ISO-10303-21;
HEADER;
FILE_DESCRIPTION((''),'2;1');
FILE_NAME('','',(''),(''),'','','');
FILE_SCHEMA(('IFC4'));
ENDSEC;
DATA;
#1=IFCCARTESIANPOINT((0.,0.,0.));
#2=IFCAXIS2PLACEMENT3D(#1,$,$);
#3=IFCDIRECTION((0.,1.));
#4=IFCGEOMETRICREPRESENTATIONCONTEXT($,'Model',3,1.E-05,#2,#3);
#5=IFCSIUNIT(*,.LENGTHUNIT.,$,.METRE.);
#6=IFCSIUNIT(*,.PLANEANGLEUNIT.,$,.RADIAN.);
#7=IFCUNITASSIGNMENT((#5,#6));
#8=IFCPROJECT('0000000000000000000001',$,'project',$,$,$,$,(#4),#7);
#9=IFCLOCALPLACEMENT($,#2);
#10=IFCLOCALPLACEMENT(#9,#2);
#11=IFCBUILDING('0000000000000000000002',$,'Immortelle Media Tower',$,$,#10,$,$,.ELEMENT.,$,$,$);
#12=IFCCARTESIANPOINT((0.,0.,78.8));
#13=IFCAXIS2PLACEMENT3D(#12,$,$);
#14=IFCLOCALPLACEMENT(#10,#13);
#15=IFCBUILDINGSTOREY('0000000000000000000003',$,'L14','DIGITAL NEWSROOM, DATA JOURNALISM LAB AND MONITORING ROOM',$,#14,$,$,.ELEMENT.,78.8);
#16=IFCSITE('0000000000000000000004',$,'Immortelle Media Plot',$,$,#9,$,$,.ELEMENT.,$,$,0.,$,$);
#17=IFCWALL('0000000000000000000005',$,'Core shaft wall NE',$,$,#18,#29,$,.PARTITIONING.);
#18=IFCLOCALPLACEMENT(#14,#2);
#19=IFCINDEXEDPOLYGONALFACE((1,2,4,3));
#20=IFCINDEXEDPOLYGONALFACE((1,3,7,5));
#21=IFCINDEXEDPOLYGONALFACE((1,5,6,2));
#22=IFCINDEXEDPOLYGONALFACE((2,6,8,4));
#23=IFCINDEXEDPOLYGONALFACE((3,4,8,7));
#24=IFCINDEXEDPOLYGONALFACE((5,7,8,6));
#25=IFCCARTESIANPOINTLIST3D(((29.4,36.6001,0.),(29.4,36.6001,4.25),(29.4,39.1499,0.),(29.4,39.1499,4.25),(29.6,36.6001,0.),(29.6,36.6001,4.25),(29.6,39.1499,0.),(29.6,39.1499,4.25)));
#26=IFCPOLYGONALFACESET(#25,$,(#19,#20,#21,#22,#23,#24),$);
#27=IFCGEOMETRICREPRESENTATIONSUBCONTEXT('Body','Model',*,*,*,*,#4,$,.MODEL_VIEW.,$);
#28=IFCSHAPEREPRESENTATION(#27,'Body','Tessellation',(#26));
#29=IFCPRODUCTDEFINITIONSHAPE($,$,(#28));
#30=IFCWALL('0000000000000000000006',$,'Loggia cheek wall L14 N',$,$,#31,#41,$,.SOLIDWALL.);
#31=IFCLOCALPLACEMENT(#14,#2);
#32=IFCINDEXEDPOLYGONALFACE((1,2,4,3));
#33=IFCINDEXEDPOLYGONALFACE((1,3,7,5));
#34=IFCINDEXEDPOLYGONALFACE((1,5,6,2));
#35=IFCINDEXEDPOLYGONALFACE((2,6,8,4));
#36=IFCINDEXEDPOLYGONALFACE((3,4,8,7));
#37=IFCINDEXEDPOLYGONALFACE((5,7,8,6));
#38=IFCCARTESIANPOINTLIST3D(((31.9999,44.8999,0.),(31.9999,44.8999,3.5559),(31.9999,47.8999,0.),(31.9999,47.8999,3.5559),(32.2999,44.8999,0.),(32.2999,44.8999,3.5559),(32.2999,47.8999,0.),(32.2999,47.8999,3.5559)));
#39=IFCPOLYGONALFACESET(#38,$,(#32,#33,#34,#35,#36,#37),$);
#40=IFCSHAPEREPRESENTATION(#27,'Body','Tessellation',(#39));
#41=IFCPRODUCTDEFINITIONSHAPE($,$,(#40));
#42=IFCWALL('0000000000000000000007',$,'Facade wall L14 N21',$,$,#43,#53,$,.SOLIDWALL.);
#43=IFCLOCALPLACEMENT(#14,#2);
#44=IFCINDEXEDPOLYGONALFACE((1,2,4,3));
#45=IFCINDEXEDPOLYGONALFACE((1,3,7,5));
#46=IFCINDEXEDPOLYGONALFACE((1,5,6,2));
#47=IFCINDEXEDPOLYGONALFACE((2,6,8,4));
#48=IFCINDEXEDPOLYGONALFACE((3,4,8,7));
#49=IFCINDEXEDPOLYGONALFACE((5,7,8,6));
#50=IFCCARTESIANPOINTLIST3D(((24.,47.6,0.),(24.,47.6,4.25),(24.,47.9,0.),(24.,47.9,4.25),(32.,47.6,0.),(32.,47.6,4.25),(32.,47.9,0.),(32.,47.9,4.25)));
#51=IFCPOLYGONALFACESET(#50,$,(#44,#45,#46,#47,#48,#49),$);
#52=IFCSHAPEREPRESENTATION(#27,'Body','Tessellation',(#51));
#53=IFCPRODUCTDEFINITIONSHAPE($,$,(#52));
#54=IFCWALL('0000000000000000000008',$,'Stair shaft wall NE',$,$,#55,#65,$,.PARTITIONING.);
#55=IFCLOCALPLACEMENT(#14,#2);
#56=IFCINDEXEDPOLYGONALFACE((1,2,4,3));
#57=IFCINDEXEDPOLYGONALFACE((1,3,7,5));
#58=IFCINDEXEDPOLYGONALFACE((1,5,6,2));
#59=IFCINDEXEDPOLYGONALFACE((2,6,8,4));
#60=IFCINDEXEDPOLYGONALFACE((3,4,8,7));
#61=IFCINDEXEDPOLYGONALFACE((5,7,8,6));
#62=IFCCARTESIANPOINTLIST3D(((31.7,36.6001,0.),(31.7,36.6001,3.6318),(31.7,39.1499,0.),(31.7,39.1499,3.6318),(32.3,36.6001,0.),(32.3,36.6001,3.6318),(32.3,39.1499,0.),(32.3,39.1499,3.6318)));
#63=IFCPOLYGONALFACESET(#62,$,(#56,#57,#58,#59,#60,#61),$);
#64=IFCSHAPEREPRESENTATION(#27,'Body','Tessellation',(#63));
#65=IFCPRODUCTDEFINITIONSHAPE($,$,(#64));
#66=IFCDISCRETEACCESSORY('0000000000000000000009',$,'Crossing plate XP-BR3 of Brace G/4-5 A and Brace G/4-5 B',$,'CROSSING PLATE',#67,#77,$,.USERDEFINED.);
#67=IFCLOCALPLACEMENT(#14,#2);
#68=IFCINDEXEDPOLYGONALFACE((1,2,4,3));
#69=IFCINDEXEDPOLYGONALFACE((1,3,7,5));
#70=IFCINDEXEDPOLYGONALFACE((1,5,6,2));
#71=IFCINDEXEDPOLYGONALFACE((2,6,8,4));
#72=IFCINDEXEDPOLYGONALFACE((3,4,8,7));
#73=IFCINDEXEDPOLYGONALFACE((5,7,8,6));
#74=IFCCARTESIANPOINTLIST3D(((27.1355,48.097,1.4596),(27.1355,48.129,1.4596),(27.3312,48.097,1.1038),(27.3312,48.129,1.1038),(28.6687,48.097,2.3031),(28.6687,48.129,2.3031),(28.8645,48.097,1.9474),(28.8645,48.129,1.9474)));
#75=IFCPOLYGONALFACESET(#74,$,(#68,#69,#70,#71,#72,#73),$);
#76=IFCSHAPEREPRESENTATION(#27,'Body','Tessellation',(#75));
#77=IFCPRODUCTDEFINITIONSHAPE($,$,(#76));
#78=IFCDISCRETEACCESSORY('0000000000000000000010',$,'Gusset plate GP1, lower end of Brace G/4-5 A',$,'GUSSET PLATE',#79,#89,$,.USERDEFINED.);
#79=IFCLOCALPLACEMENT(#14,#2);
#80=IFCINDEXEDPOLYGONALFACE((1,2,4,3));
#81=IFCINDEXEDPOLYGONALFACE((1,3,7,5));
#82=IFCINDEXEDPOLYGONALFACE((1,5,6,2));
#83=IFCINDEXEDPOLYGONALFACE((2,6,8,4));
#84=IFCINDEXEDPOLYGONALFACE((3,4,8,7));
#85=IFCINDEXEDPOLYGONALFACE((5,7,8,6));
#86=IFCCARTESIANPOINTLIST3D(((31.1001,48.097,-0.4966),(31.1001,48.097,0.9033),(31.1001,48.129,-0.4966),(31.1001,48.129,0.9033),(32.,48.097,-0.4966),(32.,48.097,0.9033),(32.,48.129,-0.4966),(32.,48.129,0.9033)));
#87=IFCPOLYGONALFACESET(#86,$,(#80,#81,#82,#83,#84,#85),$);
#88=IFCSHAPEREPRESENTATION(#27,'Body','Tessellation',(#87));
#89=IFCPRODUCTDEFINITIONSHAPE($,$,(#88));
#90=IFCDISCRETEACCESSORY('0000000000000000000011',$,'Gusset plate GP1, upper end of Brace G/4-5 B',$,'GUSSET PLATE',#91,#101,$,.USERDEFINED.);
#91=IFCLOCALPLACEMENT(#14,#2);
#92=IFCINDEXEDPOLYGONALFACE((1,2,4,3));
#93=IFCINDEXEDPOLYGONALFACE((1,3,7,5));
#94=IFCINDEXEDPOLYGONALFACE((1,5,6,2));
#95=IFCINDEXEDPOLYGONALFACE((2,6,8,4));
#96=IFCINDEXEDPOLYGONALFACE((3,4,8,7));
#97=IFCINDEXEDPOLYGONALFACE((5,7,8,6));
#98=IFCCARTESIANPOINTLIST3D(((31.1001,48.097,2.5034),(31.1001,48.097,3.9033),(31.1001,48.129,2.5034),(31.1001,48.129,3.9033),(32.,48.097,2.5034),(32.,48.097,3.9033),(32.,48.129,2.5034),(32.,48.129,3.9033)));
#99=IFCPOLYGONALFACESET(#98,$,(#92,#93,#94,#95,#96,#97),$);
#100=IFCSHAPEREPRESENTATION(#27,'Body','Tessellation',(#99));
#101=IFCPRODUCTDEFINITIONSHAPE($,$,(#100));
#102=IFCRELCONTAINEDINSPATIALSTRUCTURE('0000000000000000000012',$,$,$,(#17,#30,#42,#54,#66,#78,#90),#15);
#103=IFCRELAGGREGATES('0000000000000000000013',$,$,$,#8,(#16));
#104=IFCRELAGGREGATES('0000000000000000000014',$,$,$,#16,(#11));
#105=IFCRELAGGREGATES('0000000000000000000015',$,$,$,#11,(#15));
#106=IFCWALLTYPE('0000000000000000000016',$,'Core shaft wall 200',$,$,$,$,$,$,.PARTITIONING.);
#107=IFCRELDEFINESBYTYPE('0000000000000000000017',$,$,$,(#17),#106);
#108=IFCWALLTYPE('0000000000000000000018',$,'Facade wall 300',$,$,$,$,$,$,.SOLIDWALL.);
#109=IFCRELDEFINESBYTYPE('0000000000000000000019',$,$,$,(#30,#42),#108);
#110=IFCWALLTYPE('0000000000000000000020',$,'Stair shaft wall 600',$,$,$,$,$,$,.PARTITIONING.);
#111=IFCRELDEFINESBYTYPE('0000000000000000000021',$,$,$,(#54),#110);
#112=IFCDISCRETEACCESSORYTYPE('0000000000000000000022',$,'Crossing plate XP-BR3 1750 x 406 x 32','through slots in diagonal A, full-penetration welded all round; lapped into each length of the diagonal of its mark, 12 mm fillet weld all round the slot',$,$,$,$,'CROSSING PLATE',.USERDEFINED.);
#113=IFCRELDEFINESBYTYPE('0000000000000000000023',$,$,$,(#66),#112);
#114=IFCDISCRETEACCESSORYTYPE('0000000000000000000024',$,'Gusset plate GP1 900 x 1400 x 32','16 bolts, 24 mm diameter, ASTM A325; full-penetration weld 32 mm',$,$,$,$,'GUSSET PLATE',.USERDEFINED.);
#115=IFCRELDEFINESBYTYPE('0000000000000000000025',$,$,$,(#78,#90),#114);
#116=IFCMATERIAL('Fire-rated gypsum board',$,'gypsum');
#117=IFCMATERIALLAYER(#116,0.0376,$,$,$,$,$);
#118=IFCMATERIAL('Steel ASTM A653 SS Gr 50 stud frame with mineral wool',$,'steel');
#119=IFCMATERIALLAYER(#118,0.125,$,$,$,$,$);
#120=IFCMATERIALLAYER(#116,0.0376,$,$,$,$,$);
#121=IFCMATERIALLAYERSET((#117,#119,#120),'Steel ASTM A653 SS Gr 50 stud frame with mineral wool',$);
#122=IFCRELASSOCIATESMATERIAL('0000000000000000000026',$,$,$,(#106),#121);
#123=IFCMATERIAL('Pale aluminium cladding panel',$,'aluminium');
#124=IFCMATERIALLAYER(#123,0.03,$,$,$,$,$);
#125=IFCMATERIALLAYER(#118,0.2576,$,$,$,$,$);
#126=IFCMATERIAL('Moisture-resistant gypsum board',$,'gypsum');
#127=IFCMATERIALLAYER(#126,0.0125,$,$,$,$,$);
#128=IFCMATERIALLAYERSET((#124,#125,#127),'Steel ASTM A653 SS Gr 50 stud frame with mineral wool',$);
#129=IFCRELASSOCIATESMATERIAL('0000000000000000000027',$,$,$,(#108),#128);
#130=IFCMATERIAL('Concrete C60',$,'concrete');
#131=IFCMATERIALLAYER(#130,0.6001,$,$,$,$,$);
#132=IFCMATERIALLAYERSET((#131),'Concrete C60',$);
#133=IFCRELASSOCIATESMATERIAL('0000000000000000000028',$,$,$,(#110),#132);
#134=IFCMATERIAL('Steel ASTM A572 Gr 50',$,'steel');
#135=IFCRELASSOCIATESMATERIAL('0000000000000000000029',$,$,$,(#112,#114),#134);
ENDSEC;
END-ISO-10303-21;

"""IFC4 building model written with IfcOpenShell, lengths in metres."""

from ifc_helpers import new_model, si_unit, direction, frame, frame_2d, origin, origin_2d, place, context, subcontext, project, spatial, rectangle, extrude, material, layer, layer_set, material_profile, profile_set, type_object, element, save


model = new_model("IFC4")

# Units and contexts
model_context = context("Model", 3, precision=1e-05, world=origin(), true_north=direction((0.0, 1.0)))
body_context = subcontext(model_context, "Body", "Model", "MODEL_VIEW")
ifc_project = project(units=[si_unit("LENGTHUNIT", "METRE"), si_unit("PLANEANGLEUNIT", "RADIAN")], contexts=[model_context])

# Site, building, storey
site_placement = place(None, origin())
site = spatial("IfcSite", under=ifc_project, at=site_placement, Name="Immortelle Media Plot", CompositionType="ELEMENT", RefElevation=0.0)
building_placement = place(site_placement, origin())
building = spatial("IfcBuilding", under=site, at=building_placement, Name="Immortelle Media Tower", CompositionType="ELEMENT")
storey_placement = place(building_placement, frame((0.0, 0.0, 78.8)))
storey = spatial("IfcBuildingStorey", under=building, at=storey_placement, Name="L14", Description="DIGITAL NEWSROOM, DATA JOURNALISM LAB AND MONITORING ROOM", CompositionType="ELEMENT", Elevation=78.8)

# Walls
ifc_material_1 = material(Name="Fire-rated gypsum board", Category="gypsum")
ifc_layer_1 = layer(ifc_material_1, 0.0376)
ifc_material_2 = material(Name="Steel ASTM A653 SS Gr 50 stud frame with mineral wool", Category="steel")
ifc_layer_2 = layer(ifc_material_2, 0.125)
ifc_layer_3 = layer(ifc_material_1, 0.0376)
ifc_layer_set_1 = layer_set([ifc_layer_1, ifc_layer_2, ifc_layer_3], Name="Steel ASTM A653 SS Gr 50 stud frame with mineral wool")
wall_type_1 = type_object("IfcWallType", Name="Core shaft wall 200", PredefinedType="PARTITIONING", material=ifc_layer_set_1)
for number, where, z_axis, x_axis, name in (
    (1, (29.5, 36.6001, 0.0), (0.0, 0.0, 1.0), (0.0, 1.0, 0.0), "Core shaft wall NE"),
):
    element("IfcWall", number, at=place(storey_placement, frame(where, z_axis=z_axis, x_axis=x_axis)), inside=storey, type_object=wall_type_1, Name=name, PredefinedType="PARTITIONING", context=body_context, shape_type="SweptSolid", body=[
        extrude(rectangle(XDim=2.5498, YDim=0.2, at=frame_2d((1.2749, 0.0))), origin(), (0.0, 0.0, 1.0), 4.25),
    ])
ifc_material_3 = material(Name="Pale aluminium cladding panel", Category="aluminium")
ifc_layer_4 = layer(ifc_material_3, 0.03)
ifc_layer_5 = layer(ifc_material_2, 0.2576)
ifc_material_4 = material(Name="Moisture-resistant gypsum board", Category="gypsum")
ifc_layer_6 = layer(ifc_material_4, 0.0125)
ifc_layer_set_2 = layer_set([ifc_layer_4, ifc_layer_5, ifc_layer_6], Name="Steel ASTM A653 SS Gr 50 stud frame with mineral wool")
wall_type_2 = type_object("IfcWallType", Name="Facade wall 300", PredefinedType="SOLIDWALL", material=ifc_layer_set_2)
wall_1_placement = place(storey_placement, frame((32.1499, 47.8999, 0.0), z_axis=(0.0, 0.0, 1.0), x_axis=(0.0, -1.0, 0.0)))
element("IfcWall", 2, at=wall_1_placement, inside=storey, type_object=wall_type_2, Name="Loggia cheek wall L14 N", PredefinedType="SOLIDWALL", context=body_context, shape_type="SweptSolid", body=[
    extrude(rectangle(XDim=3.0, YDim=0.3, at=frame_2d((1.5, 0.0))), origin(), (0.0, 0.0, 1.0), 3.5559),
])
wall_2_placement = place(storey_placement, frame((32.0, 47.75, 0.0), z_axis=(0.0, 0.0, 1.0), x_axis=(-1.0, 0.0, 0.0)))
element("IfcWall", 3, at=wall_2_placement, inside=storey, type_object=wall_type_2, Name="Facade wall L14 N21", PredefinedType="SOLIDWALL", context=body_context, shape_type="SweptSolid", body=[
    extrude(rectangle(XDim=8.0, YDim=0.3, at=frame_2d((4.0, 0.0))), origin(), (0.0, 0.0, 1.0), 4.25),
])
ifc_material_5 = material(Name="Concrete C60", Category="concrete")
ifc_layer_7 = layer(ifc_material_5, 0.6001)
ifc_layer_set_3 = layer_set([ifc_layer_7], Name="Concrete C60")
wall_type_3 = type_object("IfcWallType", Name="Stair shaft wall 600", PredefinedType="PARTITIONING", material=ifc_layer_set_3)
wall_3_placement = place(storey_placement, frame((32.0, 36.6001, 0.0), z_axis=(0.0, 0.0, 1.0), x_axis=(0.0, 1.0, 0.0)))
element("IfcWall", 4, at=wall_3_placement, inside=storey, type_object=wall_type_3, Name="Stair shaft wall NE", PredefinedType="PARTITIONING", context=body_context, shape_type="SweptSolid", body=[
    extrude(rectangle(XDim=2.5498, YDim=0.6001, at=frame_2d((1.2749, 0.0))), origin(), (0.0, 0.0, 1.0), 3.6318),
])

# Discrete accessories
ifc_material_6 = material(Name="Steel ASTM A572 Gr 50", Category="steel")
ifc_material_profile_1 = material_profile(ifc_material_6, rectangle(XDim=0.032, YDim=0.406, at=origin_2d()), Name="PL 32 x 406")
ifc_profile_set_1 = profile_set([ifc_material_profile_1], Name="Steel ASTM A572 Gr 50")
discrete_accessory_type_1 = type_object("IfcDiscreteAccessoryType", Name="Crossing plate XP-BR3 1750 x 406 x 32", Description="through slots in diagonal A, full-penetration welded all round; lapped into each length of the diagonal of its mark, 12 mm fillet weld all round the slot", ElementType="CROSSING PLATE", PredefinedType="USERDEFINED", material=ifc_profile_set_1)
discrete_accessory_placement = place(storey_placement, frame((28.7666, 48.113, 2.1252), z_axis=(-0.876157, 0.0, -0.482026), x_axis=(0.0, -1.0, 0.0)))
element("IfcDiscreteAccessory", 5, at=discrete_accessory_placement, inside=storey, type_object=discrete_accessory_type_1, Name="Crossing plate XP-BR3 of Brace G/4-5 A and Brace G/4-5 B", ObjectType="CROSSING PLATE", PredefinedType="USERDEFINED", context=body_context, shape_type="SweptSolid", body=[
    extrude(rectangle(XDim=0.032, YDim=0.406, at=origin_2d()), origin(), (0.0, 0.0, 1.0), 1.75),
])
ifc_material_profile_2 = material_profile(ifc_material_6, rectangle(XDim=0.032, YDim=1.3999, at=origin_2d()), Name="PL 32 x 1400")
ifc_profile_set_2 = profile_set([ifc_material_profile_2], Name="Steel ASTM A572 Gr 50")
discrete_accessory_type_2 = type_object("IfcDiscreteAccessoryType", Name="Gusset plate GP1 900 x 1400 x 32", Description="16 bolts, 24 mm diameter, ASTM A325; full-penetration weld 32 mm", ElementType="GUSSET PLATE", PredefinedType="USERDEFINED", material=ifc_profile_set_2)
for number, where, z_axis, x_axis, name in (
    (6, (32.0, 48.113, 0.2034), (-1.0, 0.0, 0.0), (0.0, -1.0, 0.0), "Gusset plate GP1, lower end of Brace G/4-5 A"),
    (7, (32.0, 48.113, 3.2034), (-1.0, 0.0, 0.0), (0.0, -1.0, 0.0), "Gusset plate GP1, upper end of Brace G/4-5 B"),
):
    element("IfcDiscreteAccessory", number, at=place(storey_placement, frame(where, z_axis=z_axis, x_axis=x_axis)), inside=storey, type_object=discrete_accessory_type_2, Name=name, ObjectType="GUSSET PLATE", PredefinedType="USERDEFINED", context=body_context, shape_type="SweptSolid", body=[
        extrude(rectangle(XDim=0.032, YDim=1.3999, at=origin_2d()), origin(), (0.0, 0.0, 1.0), 0.8999),
    ])

save(model, "model.ifc")
